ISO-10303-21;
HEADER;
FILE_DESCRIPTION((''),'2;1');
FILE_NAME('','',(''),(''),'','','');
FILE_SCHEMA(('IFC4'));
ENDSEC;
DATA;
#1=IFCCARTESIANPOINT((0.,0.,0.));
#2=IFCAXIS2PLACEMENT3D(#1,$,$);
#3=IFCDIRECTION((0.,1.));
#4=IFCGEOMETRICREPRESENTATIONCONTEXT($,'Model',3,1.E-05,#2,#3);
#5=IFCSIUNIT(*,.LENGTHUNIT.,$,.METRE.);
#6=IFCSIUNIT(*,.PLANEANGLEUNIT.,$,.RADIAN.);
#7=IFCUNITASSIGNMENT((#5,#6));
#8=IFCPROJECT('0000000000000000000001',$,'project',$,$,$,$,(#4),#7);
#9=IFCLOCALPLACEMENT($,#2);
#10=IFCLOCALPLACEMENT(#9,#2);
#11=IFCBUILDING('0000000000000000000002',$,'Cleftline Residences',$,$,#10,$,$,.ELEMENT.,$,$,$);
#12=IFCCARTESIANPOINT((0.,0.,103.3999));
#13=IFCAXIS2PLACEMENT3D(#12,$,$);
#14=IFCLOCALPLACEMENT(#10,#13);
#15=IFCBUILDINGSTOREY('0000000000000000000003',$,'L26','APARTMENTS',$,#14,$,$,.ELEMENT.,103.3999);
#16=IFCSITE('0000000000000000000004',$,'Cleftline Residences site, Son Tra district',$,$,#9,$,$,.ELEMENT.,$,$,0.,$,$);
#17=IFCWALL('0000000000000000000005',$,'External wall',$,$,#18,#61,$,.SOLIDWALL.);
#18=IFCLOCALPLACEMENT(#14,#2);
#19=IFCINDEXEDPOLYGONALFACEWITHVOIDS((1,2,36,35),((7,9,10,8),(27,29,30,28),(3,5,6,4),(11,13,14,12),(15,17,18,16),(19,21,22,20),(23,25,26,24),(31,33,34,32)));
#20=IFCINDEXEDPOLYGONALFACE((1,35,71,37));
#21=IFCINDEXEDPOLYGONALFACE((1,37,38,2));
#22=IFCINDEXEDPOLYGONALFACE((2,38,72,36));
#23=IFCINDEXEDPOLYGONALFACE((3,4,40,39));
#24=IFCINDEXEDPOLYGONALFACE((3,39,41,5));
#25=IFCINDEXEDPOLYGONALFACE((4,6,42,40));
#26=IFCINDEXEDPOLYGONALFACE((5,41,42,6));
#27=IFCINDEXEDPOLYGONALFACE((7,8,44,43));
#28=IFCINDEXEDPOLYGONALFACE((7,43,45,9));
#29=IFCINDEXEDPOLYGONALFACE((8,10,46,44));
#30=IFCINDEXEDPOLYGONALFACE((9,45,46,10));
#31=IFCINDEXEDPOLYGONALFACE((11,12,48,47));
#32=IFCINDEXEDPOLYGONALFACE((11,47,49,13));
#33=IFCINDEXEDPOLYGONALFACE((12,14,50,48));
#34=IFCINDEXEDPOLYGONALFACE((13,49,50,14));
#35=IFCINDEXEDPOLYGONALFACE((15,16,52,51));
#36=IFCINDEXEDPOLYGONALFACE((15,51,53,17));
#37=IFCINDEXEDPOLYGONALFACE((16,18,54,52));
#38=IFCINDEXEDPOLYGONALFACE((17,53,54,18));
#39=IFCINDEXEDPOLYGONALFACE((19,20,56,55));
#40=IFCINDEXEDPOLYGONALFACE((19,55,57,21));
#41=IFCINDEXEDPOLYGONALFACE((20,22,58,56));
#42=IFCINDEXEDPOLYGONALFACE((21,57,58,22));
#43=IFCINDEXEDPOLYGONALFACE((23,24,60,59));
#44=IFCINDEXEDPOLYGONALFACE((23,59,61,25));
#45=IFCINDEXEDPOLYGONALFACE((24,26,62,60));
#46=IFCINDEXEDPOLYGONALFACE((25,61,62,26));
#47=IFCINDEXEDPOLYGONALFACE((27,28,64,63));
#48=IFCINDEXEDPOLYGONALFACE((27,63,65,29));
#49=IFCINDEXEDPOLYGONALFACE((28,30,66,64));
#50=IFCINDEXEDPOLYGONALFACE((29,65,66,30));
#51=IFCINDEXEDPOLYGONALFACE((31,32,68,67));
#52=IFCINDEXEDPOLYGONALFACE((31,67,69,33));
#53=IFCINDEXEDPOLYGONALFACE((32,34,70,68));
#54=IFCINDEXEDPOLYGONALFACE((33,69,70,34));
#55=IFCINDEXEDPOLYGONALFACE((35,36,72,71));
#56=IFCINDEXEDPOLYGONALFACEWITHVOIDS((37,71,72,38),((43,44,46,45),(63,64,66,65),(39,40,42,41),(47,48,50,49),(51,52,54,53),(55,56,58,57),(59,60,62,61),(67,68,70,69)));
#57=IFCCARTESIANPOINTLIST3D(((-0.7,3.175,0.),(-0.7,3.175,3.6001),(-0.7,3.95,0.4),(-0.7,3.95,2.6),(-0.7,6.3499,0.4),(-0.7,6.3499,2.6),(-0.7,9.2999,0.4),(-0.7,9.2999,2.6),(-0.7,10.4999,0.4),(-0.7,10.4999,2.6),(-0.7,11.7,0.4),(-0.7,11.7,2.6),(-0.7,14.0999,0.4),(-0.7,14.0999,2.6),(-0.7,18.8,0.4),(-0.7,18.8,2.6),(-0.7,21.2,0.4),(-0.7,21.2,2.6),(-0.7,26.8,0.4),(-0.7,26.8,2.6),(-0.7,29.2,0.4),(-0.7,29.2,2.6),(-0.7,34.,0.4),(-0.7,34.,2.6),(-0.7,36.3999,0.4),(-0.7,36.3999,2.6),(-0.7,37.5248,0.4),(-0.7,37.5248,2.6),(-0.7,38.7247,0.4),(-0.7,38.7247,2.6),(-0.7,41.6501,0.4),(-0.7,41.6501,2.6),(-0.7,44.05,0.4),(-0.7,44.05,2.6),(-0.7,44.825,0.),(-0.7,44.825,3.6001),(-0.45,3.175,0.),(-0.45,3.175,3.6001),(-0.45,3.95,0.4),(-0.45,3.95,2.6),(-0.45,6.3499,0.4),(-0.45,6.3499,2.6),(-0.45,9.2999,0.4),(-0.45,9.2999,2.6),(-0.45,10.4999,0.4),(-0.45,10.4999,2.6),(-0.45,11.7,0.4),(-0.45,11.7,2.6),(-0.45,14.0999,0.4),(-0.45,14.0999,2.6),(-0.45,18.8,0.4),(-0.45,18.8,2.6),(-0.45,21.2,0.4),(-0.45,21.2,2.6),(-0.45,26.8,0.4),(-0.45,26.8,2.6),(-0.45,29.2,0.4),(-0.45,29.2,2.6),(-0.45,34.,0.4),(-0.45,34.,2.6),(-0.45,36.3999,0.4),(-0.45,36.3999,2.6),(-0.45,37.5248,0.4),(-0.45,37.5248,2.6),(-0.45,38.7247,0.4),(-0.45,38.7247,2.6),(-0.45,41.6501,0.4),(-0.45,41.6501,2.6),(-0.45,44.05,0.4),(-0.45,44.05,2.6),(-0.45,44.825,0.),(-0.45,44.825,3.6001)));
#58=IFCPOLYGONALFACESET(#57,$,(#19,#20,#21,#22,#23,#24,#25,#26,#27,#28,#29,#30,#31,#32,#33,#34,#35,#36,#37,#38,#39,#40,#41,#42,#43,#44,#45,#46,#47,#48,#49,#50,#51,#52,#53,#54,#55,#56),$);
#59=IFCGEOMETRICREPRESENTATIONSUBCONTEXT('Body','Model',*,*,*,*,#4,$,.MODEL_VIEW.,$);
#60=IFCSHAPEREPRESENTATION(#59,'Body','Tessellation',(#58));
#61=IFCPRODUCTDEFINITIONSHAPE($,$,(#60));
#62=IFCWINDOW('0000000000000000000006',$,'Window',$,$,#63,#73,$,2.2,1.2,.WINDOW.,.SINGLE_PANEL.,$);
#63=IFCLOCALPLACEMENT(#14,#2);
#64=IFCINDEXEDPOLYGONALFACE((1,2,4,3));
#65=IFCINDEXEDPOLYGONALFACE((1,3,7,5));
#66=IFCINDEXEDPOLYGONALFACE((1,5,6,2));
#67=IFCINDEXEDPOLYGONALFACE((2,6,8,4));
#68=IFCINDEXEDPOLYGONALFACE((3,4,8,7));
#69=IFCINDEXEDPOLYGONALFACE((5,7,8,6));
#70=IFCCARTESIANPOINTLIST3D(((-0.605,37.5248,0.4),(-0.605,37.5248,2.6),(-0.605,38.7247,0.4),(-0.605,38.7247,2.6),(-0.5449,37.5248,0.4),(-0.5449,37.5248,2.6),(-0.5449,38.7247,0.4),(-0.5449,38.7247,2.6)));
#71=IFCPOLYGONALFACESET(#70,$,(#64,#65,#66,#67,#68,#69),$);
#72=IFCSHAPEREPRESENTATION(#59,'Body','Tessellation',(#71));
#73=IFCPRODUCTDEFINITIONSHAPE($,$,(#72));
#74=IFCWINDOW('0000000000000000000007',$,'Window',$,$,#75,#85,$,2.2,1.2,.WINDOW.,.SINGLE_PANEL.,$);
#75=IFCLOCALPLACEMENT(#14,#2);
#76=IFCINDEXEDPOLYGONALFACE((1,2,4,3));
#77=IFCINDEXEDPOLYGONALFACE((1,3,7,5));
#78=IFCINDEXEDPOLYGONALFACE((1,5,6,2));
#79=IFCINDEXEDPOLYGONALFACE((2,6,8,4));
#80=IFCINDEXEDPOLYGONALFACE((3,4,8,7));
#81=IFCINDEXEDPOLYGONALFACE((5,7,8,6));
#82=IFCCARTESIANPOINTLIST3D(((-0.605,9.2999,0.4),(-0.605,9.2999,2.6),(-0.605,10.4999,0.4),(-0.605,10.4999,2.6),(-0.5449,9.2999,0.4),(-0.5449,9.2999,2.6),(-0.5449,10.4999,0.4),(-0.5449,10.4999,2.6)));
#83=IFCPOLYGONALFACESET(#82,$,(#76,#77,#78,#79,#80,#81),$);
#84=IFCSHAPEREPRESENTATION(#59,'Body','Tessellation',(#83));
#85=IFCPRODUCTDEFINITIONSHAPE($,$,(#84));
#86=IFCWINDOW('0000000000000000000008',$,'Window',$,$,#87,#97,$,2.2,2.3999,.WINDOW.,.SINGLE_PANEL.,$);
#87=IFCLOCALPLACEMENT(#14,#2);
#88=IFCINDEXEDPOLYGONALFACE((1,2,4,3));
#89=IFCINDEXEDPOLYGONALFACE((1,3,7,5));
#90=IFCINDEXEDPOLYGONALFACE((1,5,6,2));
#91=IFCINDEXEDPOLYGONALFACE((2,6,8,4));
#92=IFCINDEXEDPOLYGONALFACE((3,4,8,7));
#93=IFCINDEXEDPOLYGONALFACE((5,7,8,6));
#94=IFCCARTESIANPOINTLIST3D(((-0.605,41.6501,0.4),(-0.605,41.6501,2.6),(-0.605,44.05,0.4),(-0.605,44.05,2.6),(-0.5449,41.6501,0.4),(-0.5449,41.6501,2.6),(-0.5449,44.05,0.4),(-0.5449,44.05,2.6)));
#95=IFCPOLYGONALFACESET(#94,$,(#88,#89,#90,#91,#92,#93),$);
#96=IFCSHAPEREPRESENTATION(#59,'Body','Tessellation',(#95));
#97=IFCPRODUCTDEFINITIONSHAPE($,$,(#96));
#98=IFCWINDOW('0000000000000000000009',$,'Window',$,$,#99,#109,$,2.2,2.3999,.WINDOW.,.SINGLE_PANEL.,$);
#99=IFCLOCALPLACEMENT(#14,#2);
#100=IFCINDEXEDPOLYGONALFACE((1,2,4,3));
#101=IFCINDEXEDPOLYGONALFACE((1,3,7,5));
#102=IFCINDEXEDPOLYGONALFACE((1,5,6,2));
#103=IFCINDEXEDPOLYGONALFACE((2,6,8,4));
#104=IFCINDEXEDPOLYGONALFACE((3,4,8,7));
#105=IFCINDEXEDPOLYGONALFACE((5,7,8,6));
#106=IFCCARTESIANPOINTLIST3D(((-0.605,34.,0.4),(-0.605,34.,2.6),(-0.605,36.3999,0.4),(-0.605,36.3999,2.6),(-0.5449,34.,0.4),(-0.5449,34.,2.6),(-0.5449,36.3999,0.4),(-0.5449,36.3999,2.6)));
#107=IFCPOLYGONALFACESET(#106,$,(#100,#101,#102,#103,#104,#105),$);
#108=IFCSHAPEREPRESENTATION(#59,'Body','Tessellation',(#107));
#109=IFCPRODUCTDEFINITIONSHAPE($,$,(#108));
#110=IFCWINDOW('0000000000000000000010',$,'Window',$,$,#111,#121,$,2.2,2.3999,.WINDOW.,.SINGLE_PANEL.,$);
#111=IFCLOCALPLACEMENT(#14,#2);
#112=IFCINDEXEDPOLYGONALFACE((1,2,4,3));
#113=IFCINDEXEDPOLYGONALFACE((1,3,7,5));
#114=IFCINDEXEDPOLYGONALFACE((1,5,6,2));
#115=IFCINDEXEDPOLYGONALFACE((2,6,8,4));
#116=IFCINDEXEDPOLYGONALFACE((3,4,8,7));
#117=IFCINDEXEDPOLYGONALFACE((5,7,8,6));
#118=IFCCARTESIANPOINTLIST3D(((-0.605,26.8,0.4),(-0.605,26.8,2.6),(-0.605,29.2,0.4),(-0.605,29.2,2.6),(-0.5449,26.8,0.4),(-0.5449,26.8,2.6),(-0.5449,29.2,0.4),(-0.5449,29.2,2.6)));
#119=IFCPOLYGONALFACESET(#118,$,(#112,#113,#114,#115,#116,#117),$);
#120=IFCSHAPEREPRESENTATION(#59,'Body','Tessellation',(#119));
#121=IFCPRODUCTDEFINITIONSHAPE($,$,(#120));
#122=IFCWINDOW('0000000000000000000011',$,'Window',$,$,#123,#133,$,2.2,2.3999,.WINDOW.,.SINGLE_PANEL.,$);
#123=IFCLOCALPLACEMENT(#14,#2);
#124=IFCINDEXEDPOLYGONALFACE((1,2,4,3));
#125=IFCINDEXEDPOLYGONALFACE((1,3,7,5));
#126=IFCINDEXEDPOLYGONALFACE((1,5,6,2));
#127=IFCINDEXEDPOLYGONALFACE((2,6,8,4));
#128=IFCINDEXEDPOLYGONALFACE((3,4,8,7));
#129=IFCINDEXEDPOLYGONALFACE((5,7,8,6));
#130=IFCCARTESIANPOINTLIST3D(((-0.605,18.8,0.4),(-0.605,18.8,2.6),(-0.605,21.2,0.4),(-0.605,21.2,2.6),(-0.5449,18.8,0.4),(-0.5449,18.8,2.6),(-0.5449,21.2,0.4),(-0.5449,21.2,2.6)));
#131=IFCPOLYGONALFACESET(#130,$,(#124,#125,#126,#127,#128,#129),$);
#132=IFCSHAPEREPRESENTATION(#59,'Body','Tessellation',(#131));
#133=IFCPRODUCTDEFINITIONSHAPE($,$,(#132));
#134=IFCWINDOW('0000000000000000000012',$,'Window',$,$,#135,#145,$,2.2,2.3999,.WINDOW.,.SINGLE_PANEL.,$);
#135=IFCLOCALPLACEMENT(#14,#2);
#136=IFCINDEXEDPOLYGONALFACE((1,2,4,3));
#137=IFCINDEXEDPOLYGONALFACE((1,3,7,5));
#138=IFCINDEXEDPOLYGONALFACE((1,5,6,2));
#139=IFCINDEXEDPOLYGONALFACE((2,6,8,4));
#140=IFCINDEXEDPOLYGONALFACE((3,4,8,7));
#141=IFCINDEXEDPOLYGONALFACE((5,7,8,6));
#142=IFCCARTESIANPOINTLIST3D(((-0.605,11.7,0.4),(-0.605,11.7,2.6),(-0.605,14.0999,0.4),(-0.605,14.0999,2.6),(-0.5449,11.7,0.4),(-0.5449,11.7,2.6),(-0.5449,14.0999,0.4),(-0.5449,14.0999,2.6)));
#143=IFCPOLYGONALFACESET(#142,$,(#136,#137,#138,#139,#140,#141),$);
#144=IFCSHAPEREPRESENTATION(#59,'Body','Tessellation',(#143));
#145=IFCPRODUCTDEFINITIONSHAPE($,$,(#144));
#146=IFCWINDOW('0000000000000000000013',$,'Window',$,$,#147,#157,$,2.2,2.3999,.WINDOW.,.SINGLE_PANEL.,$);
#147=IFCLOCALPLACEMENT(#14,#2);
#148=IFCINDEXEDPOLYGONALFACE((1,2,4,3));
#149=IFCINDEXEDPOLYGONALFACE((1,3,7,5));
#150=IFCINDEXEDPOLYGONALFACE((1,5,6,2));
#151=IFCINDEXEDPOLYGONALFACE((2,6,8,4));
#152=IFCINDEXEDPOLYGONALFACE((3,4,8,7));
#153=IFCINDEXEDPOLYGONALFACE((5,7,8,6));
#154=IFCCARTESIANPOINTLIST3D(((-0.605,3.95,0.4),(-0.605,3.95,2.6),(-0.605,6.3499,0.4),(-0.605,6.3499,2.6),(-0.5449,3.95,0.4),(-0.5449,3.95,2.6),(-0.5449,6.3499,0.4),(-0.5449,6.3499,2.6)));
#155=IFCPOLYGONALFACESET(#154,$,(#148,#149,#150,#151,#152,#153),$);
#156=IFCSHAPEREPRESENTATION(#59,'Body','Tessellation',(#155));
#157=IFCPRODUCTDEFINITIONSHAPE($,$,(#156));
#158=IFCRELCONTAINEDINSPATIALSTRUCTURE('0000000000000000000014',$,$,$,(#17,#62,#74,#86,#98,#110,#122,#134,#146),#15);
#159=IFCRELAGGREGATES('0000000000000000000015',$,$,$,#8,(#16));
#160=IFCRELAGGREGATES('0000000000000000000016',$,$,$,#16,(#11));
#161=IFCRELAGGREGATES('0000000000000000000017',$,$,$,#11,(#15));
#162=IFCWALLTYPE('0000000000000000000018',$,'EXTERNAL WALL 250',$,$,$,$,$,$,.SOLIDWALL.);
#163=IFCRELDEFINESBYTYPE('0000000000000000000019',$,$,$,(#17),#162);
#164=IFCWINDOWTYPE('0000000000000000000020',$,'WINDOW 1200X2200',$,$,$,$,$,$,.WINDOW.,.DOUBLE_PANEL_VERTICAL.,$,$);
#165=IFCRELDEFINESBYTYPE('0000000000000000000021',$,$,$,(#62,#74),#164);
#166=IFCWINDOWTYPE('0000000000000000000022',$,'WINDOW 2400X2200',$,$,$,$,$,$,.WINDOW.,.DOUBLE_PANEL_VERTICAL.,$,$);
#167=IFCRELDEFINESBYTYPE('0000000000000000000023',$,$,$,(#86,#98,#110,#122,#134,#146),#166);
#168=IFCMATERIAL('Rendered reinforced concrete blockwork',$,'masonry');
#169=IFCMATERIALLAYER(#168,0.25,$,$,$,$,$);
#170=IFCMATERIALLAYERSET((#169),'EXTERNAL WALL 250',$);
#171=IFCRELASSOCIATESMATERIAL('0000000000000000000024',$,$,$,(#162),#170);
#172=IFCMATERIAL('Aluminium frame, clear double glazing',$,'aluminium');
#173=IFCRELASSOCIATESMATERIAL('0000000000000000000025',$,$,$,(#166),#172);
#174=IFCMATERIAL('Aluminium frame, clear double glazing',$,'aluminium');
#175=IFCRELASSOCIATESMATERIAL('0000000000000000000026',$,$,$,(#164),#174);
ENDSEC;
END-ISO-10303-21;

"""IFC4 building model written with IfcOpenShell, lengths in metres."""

from ifc_helpers import new_model, si_unit, direction, frame, frame_2d, origin, place, context, subcontext, project, spatial, rectangle, extrude, material, layer, layer_set, type_object, element, fill, save


model = new_model("IFC4")

# Units and contexts
model_context = context("Model", 3, precision=1e-05, world=origin(), true_north=direction((0.0, 1.0)))
body_context = subcontext(model_context, "Body", "Model", "MODEL_VIEW")
ifc_project = project(units=[si_unit("LENGTHUNIT", "METRE"), si_unit("PLANEANGLEUNIT", "RADIAN")], contexts=[model_context])

# Site, building, storey
site_placement = place(None, origin())
site = spatial("IfcSite", under=ifc_project, at=site_placement, Name="Cleftline Residences site, Son Tra district", CompositionType="ELEMENT", RefElevation=0.0)
building_placement = place(site_placement, origin())
building = spatial("IfcBuilding", under=site, at=building_placement, Name="Cleftline Residences", CompositionType="ELEMENT")
storey_placement = place(building_placement, frame((0.0, 0.0, 103.3999)))
storey = spatial("IfcBuildingStorey", under=building, at=storey_placement, Name="L26", Description="APARTMENTS", CompositionType="ELEMENT", Elevation=103.3999)

# Shared definitions
ifc_material_1 = material(Name="Rendered reinforced concrete blockwork", Category="masonry")
ifc_layer_1 = layer(ifc_material_1, 0.25)
ifc_layer_set_1 = layer_set([ifc_layer_1], Name="EXTERNAL WALL 250")
wall_type_1 = type_object("IfcWallType", Name="EXTERNAL WALL 250", PredefinedType="SOLIDWALL", material=ifc_layer_set_1)
ifc_material_2 = material(Name="Aluminium frame, clear double glazing", Category="aluminium")
window_type_1 = type_object("IfcWindowType", Name="WINDOW 2400X2200", PartitioningType="DOUBLE_PANEL_VERTICAL", PredefinedType="WINDOW", material=ifc_material_2)

# Wall, openings, windows
wall_1_placement = place(storey_placement, frame((-0.575, 44.825, 0.0), z_axis=(0.0, 0.0, 1.0), x_axis=(0.0, -1.0, 0.0)))
wall_1 = element("IfcWall", 1, at=wall_1_placement, inside=storey, type_object=wall_type_1, Name="External wall", PredefinedType="SOLIDWALL", context=body_context, shape_type="SweptSolid", body=[
    extrude(rectangle(XDim=41.6499, YDim=0.25, at=frame_2d((20.825, 0.0))), origin(), (0.0, 0.0, 1.0), 3.6001),
])
opening_1_placement = place(wall_1_placement, frame((0.7749, 0.0, 0.3999)))
opening_1 = element("IfcOpeningElement", 2, at=opening_1_placement, cuts=wall_1, PredefinedType="OPENING", context=body_context, shape_type="SweptSolid", body=[
    extrude(rectangle(XDim=2.3999, YDim=2.2, at=frame_2d((1.2, 1.1001))), frame((0.0, 0.135, 0.0), z_axis=(0.0, -1.0, 0.0), x_axis=(1.0, 0.0, 0.0)), (0.0, 0.0, 1.0), 0.27),
])
opening_2_placement = place(wall_1_placement, frame((6.1001, 0.0, 0.3999)))
opening_2 = element("IfcOpeningElement", 3, at=opening_2_placement, cuts=wall_1, PredefinedType="OPENING", context=body_context, shape_type="SweptSolid", body=[
    extrude(rectangle(XDim=1.2, YDim=2.2, at=frame_2d((0.6001, 1.1001))), frame((0.0, 0.135, 0.0), z_axis=(0.0, -1.0, 0.0), x_axis=(1.0, 0.0, 0.0)), (0.0, 0.0, 1.0), 0.27),
])
opening_3_placement = place(wall_1_placement, frame((8.425, 0.0, 0.3999)))
opening_3 = element("IfcOpeningElement", 4, at=opening_3_placement, cuts=wall_1, PredefinedType="OPENING", context=body_context, shape_type="SweptSolid", body=[
    extrude(rectangle(XDim=2.3999, YDim=2.2, at=frame_2d((1.2, 1.1001))), frame((0.0, 0.135, 0.0), z_axis=(0.0, -1.0, 0.0), x_axis=(1.0, 0.0, 0.0)), (0.0, 0.0, 1.0), 0.27),
])
opening_4_placement = place(wall_1_placement, frame((15.625, 0.0, 0.3999)))
opening_4 = element("IfcOpeningElement", 5, at=opening_4_placement, cuts=wall_1, PredefinedType="OPENING", context=body_context, shape_type="SweptSolid", body=[
    extrude(rectangle(XDim=2.3999, YDim=2.2, at=frame_2d((1.2, 1.1001))), frame((0.0, 0.135, 0.0), z_axis=(0.0, -1.0, 0.0), x_axis=(1.0, 0.0, 0.0)), (0.0, 0.0, 1.0), 0.27),
])
opening_5_placement = place(wall_1_placement, frame((23.625, 0.0, 0.3999)))
opening_5 = element("IfcOpeningElement", 6, at=opening_5_placement, cuts=wall_1, PredefinedType="OPENING", context=body_context, shape_type="SweptSolid", body=[
    extrude(rectangle(XDim=2.3999, YDim=2.2, at=frame_2d((1.2, 1.1001))), frame((0.0, 0.135, 0.0), z_axis=(0.0, -1.0, 0.0), x_axis=(1.0, 0.0, 0.0)), (0.0, 0.0, 1.0), 0.27),
])
opening_6_placement = place(wall_1_placement, frame((30.7251, 0.0, 0.3999)))
opening_6 = element("IfcOpeningElement", 7, at=opening_6_placement, cuts=wall_1, PredefinedType="OPENING", context=body_context, shape_type="SweptSolid", body=[
    extrude(rectangle(XDim=2.3999, YDim=2.2, at=frame_2d((1.2, 1.1001))), frame((0.0, 0.135, 0.0), z_axis=(0.0, -1.0, 0.0), x_axis=(1.0, 0.0, 0.0)), (0.0, 0.0, 1.0), 0.27),
])
opening_7_placement = place(wall_1_placement, frame((34.325, 0.0, 0.3999)))
opening_7 = element("IfcOpeningElement", 8, at=opening_7_placement, cuts=wall_1, PredefinedType="OPENING", context=body_context, shape_type="SweptSolid", body=[
    extrude(rectangle(XDim=1.2, YDim=2.2, at=frame_2d((0.6001, 1.1001))), frame((0.0, 0.135, 0.0), z_axis=(0.0, -1.0, 0.0), x_axis=(1.0, 0.0, 0.0)), (0.0, 0.0, 1.0), 0.27),
])
opening_8_placement = place(wall_1_placement, frame((38.4751, 0.0, 0.3999)))
opening_8 = element("IfcOpeningElement", 9, at=opening_8_placement, cuts=wall_1, PredefinedType="OPENING", context=body_context, shape_type="SweptSolid", body=[
    extrude(rectangle(XDim=2.3999, YDim=2.2, at=frame_2d((1.2, 1.1001))), frame((0.0, 0.135, 0.0), z_axis=(0.0, -1.0, 0.0), x_axis=(1.0, 0.0, 0.0)), (0.0, 0.0, 1.0), 0.27),
])
ifc_material_3 = material(Name="Aluminium frame, clear double glazing", Category="aluminium")
window_type_2 = type_object("IfcWindowType", Name="WINDOW 1200X2200", PartitioningType="DOUBLE_PANEL_VERTICAL", PredefinedType="WINDOW", material=ifc_material_3)
window_1_placement = place(opening_2_placement, origin())
window_1 = element("IfcWindow", 10, at=window_1_placement, inside=storey, type_object=window_type_2, Name="Window", OverallHeight=2.2, OverallWidth=1.2, PartitioningType="SINGLE_PANEL", PredefinedType="WINDOW", context=body_context, shape_type="SweptSolid", body=[
    extrude(rectangle(XDim=1.2, YDim=2.2, at=frame_2d((0.6001, 1.1001))), frame((0.0, 0.03, 0.0), z_axis=(0.0, -1.0, 0.0), x_axis=(1.0, 0.0, 0.0)), (0.0, 0.0, 1.0), 0.0601),
])
fill(opening_2, window_1)
window_2_placement = place(opening_7_placement, origin())
window_2 = element("IfcWindow", 11, at=window_2_placement, inside=storey, type_object=window_type_2, Name="Window", OverallHeight=2.2, OverallWidth=1.2, PartitioningType="SINGLE_PANEL", PredefinedType="WINDOW", context=body_context, shape_type="SweptSolid", body=[
    extrude(rectangle(XDim=1.2, YDim=2.2, at=frame_2d((0.6001, 1.1001))), frame((0.0, 0.03, 0.0), z_axis=(0.0, -1.0, 0.0), x_axis=(1.0, 0.0, 0.0)), (0.0, 0.0, 1.0), 0.0601),
])
fill(opening_7, window_2)
window_3_placement = place(opening_1_placement, origin())
window_3 = element("IfcWindow", 12, at=window_3_placement, inside=storey, type_object=window_type_1, Name="Window", OverallHeight=2.2, OverallWidth=2.3999, PartitioningType="SINGLE_PANEL", PredefinedType="WINDOW", context=body_context, shape_type="SweptSolid", body=[
    extrude(rectangle(XDim=2.3999, YDim=2.2, at=frame_2d((1.2, 1.1001))), frame((0.0, 0.03, 0.0), z_axis=(0.0, -1.0, 0.0), x_axis=(1.0, 0.0, 0.0)), (0.0, 0.0, 1.0), 0.0601),
])
fill(opening_1, window_3)
window_4_placement = place(opening_3_placement, origin())
window_4 = element("IfcWindow", 13, at=window_4_placement, inside=storey, type_object=window_type_1, Name="Window", OverallHeight=2.2, OverallWidth=2.3999, PartitioningType="SINGLE_PANEL", PredefinedType="WINDOW", context=body_context, shape_type="SweptSolid", body=[
    extrude(rectangle(XDim=2.3999, YDim=2.2, at=frame_2d((1.2, 1.1001))), frame((0.0, 0.03, 0.0), z_axis=(0.0, -1.0, 0.0), x_axis=(1.0, 0.0, 0.0)), (0.0, 0.0, 1.0), 0.0601),
])
fill(opening_3, window_4)
window_5_placement = place(opening_4_placement, origin())
window_5 = element("IfcWindow", 14, at=window_5_placement, inside=storey, type_object=window_type_1, Name="Window", OverallHeight=2.2, OverallWidth=2.3999, PartitioningType="SINGLE_PANEL", PredefinedType="WINDOW", context=body_context, shape_type="SweptSolid", body=[
    extrude(rectangle(XDim=2.3999, YDim=2.2, at=frame_2d((1.2, 1.1001))), frame((0.0, 0.03, 0.0), z_axis=(0.0, -1.0, 0.0), x_axis=(1.0, 0.0, 0.0)), (0.0, 0.0, 1.0), 0.0601),
])
fill(opening_4, window_5)
window_6_placement = place(opening_5_placement, origin())
window_6 = element("IfcWindow", 15, at=window_6_placement, inside=storey, type_object=window_type_1, Name="Window", OverallHeight=2.2, OverallWidth=2.3999, PartitioningType="SINGLE_PANEL", PredefinedType="WINDOW", context=body_context, shape_type="SweptSolid", body=[
    extrude(rectangle(XDim=2.3999, YDim=2.2, at=frame_2d((1.2, 1.1001))), frame((0.0, 0.03, 0.0), z_axis=(0.0, -1.0, 0.0), x_axis=(1.0, 0.0, 0.0)), (0.0, 0.0, 1.0), 0.0601),
])
fill(opening_5, window_6)
window_7_placement = place(opening_6_placement, origin())
window_7 = element("IfcWindow", 16, at=window_7_placement, inside=storey, type_object=window_type_1, Name="Window", OverallHeight=2.2, OverallWidth=2.3999, PartitioningType="SINGLE_PANEL", PredefinedType="WINDOW", context=body_context, shape_type="SweptSolid", body=[
    extrude(rectangle(XDim=2.3999, YDim=2.2, at=frame_2d((1.2, 1.1001))), frame((0.0, 0.03, 0.0), z_axis=(0.0, -1.0, 0.0), x_axis=(1.0, 0.0, 0.0)), (0.0, 0.0, 1.0), 0.0601),
])
fill(opening_6, window_7)
window_8_placement = place(opening_8_placement, origin())
window_8 = element("IfcWindow", 17, at=window_8_placement, inside=storey, type_object=window_type_1, Name="Window", OverallHeight=2.2, OverallWidth=2.3999, PartitioningType="SINGLE_PANEL", PredefinedType="WINDOW", context=body_context, shape_type="SweptSolid", body=[
    extrude(rectangle(XDim=2.3999, YDim=2.2, at=frame_2d((1.2, 1.1001))), frame((0.0, 0.03, 0.0), z_axis=(0.0, -1.0, 0.0), x_axis=(1.0, 0.0, 0.0)), (0.0, 0.0, 1.0), 0.0601),
])
fill(opening_8, window_8)

save(model, "model.ifc")
